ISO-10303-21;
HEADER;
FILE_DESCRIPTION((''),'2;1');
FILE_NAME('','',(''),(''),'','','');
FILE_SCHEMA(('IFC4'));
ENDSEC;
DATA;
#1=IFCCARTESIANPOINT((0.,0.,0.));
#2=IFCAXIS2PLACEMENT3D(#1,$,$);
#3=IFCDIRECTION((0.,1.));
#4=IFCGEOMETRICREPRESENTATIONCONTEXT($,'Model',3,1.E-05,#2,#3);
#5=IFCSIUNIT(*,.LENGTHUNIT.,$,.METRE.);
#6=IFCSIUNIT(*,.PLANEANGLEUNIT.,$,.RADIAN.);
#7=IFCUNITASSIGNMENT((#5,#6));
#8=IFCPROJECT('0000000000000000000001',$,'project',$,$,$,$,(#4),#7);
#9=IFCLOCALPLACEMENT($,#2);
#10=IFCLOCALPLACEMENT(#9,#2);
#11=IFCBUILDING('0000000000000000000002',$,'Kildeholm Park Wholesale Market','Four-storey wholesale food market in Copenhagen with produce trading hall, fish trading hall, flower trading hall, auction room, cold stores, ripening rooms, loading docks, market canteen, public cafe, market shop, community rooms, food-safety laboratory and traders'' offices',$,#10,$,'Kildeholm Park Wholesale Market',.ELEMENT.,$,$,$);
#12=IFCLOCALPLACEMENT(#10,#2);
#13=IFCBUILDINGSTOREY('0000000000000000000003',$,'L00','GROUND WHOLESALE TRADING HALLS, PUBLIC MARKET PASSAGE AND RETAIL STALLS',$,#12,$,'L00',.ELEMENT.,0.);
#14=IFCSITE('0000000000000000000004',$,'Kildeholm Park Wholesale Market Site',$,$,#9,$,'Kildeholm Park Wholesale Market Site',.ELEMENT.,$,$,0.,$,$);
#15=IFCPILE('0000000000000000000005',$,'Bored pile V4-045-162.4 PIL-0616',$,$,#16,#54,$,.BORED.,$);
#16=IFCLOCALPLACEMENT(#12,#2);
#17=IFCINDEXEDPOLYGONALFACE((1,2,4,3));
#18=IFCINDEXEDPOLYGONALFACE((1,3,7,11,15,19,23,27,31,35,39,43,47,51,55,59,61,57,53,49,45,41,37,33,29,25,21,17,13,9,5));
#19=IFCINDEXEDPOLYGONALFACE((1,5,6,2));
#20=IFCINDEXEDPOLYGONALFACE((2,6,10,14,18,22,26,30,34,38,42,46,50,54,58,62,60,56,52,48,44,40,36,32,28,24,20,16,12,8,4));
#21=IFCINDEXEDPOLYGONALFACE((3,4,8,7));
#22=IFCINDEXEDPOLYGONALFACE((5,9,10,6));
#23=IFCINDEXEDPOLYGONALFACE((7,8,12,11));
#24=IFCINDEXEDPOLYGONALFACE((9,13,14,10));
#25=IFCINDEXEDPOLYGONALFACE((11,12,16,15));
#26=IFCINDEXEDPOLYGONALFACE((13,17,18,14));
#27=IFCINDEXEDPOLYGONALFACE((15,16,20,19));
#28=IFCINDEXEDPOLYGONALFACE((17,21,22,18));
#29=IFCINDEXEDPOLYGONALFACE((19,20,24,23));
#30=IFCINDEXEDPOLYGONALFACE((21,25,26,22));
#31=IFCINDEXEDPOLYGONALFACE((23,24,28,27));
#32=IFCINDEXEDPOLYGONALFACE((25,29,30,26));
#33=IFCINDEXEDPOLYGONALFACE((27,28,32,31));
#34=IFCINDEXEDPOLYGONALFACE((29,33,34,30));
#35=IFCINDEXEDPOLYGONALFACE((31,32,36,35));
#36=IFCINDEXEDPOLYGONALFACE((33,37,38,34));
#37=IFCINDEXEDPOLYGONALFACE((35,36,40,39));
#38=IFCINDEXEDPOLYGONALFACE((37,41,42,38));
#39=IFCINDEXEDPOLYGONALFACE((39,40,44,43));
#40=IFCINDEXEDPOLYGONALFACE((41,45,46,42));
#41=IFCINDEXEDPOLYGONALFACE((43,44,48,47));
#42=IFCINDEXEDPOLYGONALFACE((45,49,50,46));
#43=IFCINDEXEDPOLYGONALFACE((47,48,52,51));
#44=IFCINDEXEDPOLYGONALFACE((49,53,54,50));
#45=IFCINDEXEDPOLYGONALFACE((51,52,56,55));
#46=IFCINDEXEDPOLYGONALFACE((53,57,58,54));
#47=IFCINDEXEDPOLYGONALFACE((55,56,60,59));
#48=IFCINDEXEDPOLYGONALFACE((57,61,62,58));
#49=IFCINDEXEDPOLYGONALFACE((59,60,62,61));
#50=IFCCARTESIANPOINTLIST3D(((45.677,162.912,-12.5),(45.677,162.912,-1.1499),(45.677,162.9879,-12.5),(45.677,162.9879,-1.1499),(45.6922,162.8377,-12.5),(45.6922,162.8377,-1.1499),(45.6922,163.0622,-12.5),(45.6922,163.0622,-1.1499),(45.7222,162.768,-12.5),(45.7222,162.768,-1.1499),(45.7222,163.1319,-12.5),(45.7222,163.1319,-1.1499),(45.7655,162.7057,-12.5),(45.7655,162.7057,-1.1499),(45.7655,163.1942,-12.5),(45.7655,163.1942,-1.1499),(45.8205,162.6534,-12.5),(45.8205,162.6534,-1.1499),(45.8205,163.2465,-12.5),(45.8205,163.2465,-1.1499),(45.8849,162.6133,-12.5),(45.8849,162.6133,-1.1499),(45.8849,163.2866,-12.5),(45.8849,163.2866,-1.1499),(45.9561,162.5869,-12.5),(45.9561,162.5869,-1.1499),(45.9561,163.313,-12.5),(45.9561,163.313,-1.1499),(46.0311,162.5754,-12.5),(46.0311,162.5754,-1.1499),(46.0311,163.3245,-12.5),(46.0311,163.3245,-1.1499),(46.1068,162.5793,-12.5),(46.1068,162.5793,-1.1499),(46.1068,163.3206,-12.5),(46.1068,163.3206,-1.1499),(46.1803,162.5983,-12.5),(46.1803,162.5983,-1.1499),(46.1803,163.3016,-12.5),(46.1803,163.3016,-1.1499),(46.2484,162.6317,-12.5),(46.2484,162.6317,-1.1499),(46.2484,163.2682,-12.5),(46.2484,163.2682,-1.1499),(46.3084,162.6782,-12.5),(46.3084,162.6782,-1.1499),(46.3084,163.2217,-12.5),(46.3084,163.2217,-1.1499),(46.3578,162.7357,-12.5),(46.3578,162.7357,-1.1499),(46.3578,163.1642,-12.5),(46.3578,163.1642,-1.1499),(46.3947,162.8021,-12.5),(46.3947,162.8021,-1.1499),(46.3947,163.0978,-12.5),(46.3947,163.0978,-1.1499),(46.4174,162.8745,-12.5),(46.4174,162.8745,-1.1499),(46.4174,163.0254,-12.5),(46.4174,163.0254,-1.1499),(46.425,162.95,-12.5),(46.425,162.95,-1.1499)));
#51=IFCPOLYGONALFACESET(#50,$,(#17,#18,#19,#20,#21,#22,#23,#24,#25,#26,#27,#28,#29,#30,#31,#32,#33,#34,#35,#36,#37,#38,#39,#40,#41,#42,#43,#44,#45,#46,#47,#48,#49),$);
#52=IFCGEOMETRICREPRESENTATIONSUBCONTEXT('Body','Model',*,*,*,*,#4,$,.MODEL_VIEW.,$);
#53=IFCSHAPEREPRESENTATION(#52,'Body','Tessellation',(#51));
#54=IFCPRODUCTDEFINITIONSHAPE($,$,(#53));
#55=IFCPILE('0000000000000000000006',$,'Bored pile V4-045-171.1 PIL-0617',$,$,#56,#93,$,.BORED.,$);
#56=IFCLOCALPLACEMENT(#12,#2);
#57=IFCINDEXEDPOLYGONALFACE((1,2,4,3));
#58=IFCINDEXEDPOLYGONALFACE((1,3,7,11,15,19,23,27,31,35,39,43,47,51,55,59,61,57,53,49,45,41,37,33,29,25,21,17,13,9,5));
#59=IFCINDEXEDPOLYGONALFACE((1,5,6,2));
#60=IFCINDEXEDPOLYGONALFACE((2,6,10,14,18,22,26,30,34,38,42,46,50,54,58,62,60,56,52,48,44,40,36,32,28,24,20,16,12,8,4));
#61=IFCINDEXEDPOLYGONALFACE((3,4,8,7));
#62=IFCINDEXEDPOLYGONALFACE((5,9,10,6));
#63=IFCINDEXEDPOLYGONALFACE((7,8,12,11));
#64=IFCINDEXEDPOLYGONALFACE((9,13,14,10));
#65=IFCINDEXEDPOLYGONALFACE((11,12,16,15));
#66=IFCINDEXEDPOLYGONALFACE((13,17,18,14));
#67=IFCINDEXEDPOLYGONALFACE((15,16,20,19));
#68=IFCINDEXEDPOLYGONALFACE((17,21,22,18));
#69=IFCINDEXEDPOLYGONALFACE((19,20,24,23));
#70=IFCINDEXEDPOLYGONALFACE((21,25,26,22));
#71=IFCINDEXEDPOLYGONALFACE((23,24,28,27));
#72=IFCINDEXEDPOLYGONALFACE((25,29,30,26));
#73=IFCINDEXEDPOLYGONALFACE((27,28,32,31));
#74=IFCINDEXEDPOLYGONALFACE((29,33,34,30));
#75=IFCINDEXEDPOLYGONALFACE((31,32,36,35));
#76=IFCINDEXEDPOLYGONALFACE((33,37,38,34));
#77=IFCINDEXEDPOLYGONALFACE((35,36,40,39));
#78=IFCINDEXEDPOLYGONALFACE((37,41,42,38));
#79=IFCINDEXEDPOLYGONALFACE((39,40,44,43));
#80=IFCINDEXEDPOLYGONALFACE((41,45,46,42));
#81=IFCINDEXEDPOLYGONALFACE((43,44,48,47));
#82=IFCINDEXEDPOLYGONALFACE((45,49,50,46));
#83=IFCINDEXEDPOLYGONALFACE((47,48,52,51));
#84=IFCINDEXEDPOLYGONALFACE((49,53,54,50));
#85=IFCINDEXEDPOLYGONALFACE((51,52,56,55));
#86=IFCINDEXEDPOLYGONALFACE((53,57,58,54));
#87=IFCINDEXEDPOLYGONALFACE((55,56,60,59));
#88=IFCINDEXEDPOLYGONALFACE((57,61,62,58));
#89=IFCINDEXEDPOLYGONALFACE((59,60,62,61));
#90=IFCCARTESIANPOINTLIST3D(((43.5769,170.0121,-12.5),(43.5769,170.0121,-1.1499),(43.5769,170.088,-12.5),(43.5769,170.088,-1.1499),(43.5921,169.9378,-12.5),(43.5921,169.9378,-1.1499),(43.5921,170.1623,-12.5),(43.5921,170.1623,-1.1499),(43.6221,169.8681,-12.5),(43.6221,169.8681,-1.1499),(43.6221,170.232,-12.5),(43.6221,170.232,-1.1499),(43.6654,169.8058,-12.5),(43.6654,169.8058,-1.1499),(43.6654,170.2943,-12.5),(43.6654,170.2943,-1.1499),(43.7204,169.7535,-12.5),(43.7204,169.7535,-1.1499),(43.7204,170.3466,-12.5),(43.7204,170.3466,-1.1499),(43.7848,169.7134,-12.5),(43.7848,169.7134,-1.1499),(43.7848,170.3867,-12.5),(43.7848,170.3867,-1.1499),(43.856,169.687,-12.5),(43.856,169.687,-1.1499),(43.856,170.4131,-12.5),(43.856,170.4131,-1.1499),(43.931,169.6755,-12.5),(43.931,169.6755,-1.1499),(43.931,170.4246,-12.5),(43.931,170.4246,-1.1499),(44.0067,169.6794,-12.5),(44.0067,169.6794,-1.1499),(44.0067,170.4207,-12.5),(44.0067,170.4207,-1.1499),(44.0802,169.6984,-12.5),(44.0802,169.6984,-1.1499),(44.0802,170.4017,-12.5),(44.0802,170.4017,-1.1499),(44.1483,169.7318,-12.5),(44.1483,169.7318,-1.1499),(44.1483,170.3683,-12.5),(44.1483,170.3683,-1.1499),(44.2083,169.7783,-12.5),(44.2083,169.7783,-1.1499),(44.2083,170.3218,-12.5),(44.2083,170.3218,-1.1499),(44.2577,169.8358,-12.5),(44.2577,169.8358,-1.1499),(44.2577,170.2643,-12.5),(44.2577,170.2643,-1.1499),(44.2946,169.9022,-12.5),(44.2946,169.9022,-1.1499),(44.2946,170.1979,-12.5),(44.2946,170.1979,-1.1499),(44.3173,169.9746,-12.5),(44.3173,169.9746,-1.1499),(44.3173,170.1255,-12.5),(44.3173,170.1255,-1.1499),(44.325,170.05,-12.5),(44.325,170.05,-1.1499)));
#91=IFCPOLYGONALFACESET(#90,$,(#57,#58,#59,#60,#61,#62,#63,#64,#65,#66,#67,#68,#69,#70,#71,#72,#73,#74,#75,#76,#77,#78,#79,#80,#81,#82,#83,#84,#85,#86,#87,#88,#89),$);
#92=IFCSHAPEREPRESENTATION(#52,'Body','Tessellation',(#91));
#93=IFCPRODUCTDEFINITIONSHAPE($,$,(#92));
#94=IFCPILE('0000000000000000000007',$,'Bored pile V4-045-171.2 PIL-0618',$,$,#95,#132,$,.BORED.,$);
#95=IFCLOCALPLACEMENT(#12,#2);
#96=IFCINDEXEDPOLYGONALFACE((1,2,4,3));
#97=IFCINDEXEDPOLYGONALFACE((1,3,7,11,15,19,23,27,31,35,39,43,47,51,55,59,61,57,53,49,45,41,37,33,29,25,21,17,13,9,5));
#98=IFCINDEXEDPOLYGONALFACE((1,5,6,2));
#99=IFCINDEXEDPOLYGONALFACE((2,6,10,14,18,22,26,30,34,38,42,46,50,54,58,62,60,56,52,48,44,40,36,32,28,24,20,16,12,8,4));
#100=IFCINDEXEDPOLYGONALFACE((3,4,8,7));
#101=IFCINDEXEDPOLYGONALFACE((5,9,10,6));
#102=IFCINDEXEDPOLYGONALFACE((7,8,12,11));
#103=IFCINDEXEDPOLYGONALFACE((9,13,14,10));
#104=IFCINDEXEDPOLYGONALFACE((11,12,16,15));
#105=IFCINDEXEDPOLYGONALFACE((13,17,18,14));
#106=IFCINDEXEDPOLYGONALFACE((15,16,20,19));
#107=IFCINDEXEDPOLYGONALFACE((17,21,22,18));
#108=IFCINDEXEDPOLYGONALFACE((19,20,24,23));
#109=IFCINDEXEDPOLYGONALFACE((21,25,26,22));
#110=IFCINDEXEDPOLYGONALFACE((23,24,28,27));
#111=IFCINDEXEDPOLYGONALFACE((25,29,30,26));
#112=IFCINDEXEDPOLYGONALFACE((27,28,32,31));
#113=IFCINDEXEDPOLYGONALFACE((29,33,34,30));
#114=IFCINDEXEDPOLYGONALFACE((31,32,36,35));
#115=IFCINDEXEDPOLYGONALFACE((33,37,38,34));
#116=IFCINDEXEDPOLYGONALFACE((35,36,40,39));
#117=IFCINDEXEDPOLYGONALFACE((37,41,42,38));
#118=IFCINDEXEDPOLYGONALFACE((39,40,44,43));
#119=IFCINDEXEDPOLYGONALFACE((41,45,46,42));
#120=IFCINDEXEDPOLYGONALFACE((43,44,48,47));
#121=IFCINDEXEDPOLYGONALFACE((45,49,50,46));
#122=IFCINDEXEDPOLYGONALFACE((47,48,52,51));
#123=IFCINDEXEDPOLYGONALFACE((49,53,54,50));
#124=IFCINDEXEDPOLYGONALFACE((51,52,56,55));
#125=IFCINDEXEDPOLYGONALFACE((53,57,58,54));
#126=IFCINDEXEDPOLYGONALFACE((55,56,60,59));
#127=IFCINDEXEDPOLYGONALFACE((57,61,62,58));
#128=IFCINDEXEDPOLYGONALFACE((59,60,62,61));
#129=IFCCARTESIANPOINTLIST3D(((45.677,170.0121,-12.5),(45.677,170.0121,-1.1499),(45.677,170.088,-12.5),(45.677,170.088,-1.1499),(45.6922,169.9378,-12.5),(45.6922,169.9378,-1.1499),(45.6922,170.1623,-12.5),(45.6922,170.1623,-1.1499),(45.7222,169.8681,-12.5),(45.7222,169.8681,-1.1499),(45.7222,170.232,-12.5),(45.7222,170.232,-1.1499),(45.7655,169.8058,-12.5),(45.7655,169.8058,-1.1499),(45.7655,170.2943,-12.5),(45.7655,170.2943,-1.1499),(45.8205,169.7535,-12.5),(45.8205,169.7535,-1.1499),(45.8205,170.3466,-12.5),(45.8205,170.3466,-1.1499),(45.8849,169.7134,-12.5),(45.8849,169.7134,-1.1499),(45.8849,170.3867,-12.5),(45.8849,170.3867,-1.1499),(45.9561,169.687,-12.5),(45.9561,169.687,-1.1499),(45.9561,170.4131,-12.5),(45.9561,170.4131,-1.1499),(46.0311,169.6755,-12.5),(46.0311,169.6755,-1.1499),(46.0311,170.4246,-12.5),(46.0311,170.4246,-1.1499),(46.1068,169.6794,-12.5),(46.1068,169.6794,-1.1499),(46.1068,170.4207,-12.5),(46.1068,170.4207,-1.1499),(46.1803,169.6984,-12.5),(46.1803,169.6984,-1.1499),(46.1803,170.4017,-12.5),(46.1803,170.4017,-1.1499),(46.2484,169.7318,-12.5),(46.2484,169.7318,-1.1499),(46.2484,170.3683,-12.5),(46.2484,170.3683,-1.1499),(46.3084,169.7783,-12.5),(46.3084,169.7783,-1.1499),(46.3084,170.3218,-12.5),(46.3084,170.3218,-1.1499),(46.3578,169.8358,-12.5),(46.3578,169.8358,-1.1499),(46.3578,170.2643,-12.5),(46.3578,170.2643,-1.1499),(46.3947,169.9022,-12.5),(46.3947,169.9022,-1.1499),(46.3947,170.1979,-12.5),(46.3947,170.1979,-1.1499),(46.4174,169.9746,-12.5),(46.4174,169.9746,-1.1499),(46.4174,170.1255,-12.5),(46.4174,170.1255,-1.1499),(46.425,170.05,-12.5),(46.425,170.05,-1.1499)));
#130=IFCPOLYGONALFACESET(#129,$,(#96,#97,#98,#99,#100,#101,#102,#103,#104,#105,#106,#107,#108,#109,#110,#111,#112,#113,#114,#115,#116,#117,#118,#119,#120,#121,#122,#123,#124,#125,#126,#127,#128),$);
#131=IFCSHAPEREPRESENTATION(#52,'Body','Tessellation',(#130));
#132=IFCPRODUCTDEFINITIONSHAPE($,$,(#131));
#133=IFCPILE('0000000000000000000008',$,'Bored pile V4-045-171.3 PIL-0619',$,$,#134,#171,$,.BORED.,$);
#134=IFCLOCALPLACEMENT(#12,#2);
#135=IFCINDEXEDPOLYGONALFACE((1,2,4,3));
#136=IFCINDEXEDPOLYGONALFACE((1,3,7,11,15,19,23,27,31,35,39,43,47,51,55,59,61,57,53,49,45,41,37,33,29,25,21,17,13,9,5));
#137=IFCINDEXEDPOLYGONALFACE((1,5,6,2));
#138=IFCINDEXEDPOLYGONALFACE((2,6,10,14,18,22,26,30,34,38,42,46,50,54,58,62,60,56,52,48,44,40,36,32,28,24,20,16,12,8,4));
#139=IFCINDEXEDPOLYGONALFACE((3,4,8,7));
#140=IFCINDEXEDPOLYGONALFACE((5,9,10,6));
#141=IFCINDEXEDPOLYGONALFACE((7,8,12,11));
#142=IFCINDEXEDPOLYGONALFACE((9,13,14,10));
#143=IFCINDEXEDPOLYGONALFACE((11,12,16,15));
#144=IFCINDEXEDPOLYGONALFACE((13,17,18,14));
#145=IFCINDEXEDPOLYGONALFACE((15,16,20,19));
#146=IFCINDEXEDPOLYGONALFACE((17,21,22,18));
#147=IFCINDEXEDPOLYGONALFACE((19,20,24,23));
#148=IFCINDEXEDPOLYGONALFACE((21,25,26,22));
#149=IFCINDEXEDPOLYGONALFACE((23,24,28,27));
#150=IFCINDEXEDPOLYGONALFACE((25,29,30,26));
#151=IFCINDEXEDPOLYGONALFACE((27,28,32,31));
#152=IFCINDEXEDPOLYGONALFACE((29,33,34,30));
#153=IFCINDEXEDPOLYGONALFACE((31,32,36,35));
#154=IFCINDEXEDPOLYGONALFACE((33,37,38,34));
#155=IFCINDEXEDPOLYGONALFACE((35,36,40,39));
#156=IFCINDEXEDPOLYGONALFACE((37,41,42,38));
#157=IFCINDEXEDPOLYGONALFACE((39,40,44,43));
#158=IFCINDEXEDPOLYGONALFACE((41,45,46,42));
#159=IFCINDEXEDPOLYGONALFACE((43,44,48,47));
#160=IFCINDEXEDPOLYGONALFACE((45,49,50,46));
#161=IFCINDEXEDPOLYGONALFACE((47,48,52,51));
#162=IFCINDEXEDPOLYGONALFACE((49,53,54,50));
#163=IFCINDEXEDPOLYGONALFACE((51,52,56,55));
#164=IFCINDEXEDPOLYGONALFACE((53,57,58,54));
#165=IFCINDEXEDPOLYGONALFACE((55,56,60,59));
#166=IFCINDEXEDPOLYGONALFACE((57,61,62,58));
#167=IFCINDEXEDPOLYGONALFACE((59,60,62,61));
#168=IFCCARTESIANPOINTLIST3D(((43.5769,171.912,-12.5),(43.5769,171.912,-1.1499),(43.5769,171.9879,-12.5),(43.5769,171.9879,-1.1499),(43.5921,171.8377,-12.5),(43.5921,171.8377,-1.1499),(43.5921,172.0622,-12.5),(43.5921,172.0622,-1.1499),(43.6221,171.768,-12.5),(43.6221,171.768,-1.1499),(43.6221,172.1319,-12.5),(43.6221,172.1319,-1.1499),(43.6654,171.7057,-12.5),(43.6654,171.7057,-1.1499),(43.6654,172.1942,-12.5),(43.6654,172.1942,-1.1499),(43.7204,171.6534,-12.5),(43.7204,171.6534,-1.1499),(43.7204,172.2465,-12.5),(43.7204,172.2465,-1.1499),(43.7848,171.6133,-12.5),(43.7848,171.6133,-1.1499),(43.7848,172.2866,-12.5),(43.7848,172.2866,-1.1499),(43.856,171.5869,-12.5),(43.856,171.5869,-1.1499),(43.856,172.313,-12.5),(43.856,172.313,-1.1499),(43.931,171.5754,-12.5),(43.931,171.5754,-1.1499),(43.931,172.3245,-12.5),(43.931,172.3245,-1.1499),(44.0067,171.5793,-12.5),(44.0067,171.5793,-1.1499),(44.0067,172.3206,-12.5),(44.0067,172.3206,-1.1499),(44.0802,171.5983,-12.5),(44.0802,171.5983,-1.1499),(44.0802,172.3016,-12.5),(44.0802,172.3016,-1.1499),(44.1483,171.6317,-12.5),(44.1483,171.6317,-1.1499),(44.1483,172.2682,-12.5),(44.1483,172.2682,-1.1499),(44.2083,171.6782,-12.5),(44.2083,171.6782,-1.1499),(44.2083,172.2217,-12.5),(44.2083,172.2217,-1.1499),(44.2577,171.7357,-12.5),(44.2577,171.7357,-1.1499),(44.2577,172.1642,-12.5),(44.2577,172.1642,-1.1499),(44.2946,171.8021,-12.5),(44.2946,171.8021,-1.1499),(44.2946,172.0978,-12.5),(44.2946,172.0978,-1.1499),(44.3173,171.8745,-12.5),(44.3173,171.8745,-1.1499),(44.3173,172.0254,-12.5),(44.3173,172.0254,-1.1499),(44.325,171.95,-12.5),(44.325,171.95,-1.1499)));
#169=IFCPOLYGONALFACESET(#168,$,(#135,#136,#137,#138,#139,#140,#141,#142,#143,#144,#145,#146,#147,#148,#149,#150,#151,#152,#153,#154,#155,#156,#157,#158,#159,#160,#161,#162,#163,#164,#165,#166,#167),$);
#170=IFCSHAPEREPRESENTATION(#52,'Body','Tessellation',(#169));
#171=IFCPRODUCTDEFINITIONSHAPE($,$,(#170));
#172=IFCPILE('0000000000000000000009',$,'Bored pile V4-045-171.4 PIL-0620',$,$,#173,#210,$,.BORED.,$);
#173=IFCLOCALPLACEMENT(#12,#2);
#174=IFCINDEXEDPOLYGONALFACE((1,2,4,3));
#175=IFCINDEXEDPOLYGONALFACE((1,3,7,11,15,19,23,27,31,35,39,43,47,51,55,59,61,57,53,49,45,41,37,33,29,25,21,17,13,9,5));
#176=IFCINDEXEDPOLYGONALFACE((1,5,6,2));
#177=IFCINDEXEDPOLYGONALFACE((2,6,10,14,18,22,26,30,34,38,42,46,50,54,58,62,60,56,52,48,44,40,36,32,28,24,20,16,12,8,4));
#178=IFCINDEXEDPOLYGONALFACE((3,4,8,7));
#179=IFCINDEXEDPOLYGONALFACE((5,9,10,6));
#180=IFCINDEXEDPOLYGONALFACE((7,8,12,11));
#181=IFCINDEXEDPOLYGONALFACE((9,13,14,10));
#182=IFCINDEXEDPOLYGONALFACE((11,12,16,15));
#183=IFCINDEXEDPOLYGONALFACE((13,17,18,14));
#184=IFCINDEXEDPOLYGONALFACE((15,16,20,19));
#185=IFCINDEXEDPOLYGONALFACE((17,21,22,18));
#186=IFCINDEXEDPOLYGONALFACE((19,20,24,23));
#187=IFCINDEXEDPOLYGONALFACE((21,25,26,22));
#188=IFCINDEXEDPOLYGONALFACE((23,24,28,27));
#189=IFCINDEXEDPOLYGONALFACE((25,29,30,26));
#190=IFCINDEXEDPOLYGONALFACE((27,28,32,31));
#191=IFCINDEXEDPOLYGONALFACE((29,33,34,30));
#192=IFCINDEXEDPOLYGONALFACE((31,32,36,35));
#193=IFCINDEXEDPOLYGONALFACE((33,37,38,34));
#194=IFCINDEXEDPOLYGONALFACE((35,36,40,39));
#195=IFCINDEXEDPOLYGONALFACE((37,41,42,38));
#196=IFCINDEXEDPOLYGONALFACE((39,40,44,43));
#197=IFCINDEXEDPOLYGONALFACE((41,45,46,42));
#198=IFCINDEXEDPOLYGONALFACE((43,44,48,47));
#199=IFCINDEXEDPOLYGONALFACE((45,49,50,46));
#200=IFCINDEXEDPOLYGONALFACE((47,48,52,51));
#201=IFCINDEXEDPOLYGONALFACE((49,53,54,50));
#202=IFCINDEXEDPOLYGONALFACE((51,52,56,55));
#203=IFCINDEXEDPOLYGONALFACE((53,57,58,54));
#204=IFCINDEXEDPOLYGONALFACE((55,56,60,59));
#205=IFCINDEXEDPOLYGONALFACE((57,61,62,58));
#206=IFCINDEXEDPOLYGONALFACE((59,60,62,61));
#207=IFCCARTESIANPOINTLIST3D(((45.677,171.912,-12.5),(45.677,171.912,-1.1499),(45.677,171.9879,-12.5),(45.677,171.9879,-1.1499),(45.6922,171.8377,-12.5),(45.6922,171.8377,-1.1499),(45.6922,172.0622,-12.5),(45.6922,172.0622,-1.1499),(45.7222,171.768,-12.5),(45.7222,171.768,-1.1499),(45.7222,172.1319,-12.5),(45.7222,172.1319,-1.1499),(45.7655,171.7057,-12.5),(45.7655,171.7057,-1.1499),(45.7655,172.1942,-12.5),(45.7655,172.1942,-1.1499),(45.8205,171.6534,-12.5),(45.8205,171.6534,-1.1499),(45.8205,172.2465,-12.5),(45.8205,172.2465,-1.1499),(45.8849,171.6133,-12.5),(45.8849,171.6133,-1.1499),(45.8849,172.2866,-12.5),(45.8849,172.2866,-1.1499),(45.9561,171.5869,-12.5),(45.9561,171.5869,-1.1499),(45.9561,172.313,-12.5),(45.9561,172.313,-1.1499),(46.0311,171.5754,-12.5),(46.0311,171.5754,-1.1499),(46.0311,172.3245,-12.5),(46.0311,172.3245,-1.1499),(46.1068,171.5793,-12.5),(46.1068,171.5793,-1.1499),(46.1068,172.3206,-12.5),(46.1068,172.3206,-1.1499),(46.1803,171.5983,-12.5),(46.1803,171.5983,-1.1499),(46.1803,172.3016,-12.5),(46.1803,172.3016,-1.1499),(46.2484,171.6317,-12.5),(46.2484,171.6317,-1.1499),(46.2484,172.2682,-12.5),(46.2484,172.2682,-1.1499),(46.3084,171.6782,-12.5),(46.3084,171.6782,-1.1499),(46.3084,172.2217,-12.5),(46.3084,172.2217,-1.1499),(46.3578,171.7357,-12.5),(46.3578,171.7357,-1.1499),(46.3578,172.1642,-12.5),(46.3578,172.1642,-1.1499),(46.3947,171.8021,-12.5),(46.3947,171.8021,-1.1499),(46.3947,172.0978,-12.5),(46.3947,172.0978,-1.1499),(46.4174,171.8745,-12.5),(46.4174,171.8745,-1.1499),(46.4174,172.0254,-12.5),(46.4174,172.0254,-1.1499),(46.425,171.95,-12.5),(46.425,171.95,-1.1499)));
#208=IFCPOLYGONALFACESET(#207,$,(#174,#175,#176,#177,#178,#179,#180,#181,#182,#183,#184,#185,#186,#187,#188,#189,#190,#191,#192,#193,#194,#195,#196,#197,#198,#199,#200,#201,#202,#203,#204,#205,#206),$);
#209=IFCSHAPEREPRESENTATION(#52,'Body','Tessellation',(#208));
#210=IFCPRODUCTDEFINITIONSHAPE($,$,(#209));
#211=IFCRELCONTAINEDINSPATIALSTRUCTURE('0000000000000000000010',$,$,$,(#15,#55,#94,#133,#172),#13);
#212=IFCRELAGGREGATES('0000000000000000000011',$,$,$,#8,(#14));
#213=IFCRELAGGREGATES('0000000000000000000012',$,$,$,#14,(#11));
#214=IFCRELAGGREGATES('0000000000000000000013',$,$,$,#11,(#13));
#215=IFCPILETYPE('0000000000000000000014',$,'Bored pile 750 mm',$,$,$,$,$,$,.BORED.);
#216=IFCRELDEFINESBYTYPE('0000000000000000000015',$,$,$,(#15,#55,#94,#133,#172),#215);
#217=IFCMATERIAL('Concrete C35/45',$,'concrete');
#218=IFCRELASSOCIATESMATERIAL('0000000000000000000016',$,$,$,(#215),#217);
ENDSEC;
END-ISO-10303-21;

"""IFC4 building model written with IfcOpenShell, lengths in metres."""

from ifc_helpers import new_model, si_unit, direction, frame, origin, origin_2d, place, context, subcontext, project, spatial, circle, extrude, material, material_profile, profile_set, type_object, element, save


model = new_model("IFC4")

# Units and contexts
model_context = context("Model", 3, precision=1e-05, world=origin(), true_north=direction((0.0, 1.0)))
body_context = subcontext(model_context, "Body", "Model", "MODEL_VIEW")
ifc_project = project(units=[si_unit("LENGTHUNIT", "METRE"), si_unit("PLANEANGLEUNIT", "RADIAN")], contexts=[model_context])

# Site, building, storey
site_placement = place(None, origin())
site = spatial("IfcSite", under=ifc_project, at=site_placement, Name="Kildeholm Park Wholesale Market Site", LongName="Kildeholm Park Wholesale Market Site", CompositionType="ELEMENT", RefElevation=0.0)
building_placement = place(site_placement, origin())
building = spatial("IfcBuilding", under=site, at=building_placement, Name="Kildeholm Park Wholesale Market", Description="Four-storey wholesale food market in Copenhagen with produce trading hall, fish trading hall, flower trading hall, auction room, cold stores, ripening rooms, loading docks, market canteen, public cafe, market shop, community rooms, food-safety laboratory and traders' offices", LongName="Kildeholm Park Wholesale Market", CompositionType="ELEMENT")
storey_placement = place(building_placement, origin())
storey = spatial("IfcBuildingStorey", under=building, at=storey_placement, Name="L00", Description="GROUND WHOLESALE TRADING HALLS, PUBLIC MARKET PASSAGE AND RETAIL STALLS", LongName="L00", CompositionType="ELEMENT", Elevation=0.0)

# Piles
ifc_material_1 = material(Name="Concrete C35/45", Category="concrete")
ifc_material_profile_1 = material_profile(ifc_material_1, circle(Radius=0.375, at=origin_2d()), Name="PILE D750")
ifc_profile_set_1 = profile_set([ifc_material_profile_1], Name="Concrete C35/45")
pile_type = type_object("IfcPileType", Name="Bored pile 750 mm", PredefinedType="BORED", material=ifc_profile_set_1)
for number, where, z_axis, x_axis, name in (
    (1, (46.05, 162.95, -1.1499), (0.0, 0.0, -1.0), (1.0, 0.0, 0.0), "Bored pile V4-045-162.4 PIL-0616"),
    (2, (43.95, 170.05, -1.1499), (0.0, 0.0, -1.0), (1.0, 0.0, 0.0), "Bored pile V4-045-171.1 PIL-0617"),
    (3, (46.05, 170.05, -1.1499), (0.0, 0.0, -1.0), (1.0, 0.0, 0.0), "Bored pile V4-045-171.2 PIL-0618"),
    (4, (43.95, 171.95, -1.1499), (0.0, 0.0, -1.0), (1.0, 0.0, 0.0), "Bored pile V4-045-171.3 PIL-0619"),
    (5, (46.05, 171.95, -1.1499), (0.0, 0.0, -1.0), (1.0, 0.0, 0.0), "Bored pile V4-045-171.4 PIL-0620"),
):
    element("IfcPile", number, at=place(storey_placement, frame(where, z_axis=z_axis, x_axis=x_axis)), inside=storey, type_object=pile_type, Name=name, PredefinedType="BORED", context=body_context, shape_type="SweptSolid", body=[
        extrude(circle(Radius=0.375, at=origin_2d()), origin(), (0.0, 0.0, 1.0), 11.3501),
    ])

save(model, "model.ifc")
